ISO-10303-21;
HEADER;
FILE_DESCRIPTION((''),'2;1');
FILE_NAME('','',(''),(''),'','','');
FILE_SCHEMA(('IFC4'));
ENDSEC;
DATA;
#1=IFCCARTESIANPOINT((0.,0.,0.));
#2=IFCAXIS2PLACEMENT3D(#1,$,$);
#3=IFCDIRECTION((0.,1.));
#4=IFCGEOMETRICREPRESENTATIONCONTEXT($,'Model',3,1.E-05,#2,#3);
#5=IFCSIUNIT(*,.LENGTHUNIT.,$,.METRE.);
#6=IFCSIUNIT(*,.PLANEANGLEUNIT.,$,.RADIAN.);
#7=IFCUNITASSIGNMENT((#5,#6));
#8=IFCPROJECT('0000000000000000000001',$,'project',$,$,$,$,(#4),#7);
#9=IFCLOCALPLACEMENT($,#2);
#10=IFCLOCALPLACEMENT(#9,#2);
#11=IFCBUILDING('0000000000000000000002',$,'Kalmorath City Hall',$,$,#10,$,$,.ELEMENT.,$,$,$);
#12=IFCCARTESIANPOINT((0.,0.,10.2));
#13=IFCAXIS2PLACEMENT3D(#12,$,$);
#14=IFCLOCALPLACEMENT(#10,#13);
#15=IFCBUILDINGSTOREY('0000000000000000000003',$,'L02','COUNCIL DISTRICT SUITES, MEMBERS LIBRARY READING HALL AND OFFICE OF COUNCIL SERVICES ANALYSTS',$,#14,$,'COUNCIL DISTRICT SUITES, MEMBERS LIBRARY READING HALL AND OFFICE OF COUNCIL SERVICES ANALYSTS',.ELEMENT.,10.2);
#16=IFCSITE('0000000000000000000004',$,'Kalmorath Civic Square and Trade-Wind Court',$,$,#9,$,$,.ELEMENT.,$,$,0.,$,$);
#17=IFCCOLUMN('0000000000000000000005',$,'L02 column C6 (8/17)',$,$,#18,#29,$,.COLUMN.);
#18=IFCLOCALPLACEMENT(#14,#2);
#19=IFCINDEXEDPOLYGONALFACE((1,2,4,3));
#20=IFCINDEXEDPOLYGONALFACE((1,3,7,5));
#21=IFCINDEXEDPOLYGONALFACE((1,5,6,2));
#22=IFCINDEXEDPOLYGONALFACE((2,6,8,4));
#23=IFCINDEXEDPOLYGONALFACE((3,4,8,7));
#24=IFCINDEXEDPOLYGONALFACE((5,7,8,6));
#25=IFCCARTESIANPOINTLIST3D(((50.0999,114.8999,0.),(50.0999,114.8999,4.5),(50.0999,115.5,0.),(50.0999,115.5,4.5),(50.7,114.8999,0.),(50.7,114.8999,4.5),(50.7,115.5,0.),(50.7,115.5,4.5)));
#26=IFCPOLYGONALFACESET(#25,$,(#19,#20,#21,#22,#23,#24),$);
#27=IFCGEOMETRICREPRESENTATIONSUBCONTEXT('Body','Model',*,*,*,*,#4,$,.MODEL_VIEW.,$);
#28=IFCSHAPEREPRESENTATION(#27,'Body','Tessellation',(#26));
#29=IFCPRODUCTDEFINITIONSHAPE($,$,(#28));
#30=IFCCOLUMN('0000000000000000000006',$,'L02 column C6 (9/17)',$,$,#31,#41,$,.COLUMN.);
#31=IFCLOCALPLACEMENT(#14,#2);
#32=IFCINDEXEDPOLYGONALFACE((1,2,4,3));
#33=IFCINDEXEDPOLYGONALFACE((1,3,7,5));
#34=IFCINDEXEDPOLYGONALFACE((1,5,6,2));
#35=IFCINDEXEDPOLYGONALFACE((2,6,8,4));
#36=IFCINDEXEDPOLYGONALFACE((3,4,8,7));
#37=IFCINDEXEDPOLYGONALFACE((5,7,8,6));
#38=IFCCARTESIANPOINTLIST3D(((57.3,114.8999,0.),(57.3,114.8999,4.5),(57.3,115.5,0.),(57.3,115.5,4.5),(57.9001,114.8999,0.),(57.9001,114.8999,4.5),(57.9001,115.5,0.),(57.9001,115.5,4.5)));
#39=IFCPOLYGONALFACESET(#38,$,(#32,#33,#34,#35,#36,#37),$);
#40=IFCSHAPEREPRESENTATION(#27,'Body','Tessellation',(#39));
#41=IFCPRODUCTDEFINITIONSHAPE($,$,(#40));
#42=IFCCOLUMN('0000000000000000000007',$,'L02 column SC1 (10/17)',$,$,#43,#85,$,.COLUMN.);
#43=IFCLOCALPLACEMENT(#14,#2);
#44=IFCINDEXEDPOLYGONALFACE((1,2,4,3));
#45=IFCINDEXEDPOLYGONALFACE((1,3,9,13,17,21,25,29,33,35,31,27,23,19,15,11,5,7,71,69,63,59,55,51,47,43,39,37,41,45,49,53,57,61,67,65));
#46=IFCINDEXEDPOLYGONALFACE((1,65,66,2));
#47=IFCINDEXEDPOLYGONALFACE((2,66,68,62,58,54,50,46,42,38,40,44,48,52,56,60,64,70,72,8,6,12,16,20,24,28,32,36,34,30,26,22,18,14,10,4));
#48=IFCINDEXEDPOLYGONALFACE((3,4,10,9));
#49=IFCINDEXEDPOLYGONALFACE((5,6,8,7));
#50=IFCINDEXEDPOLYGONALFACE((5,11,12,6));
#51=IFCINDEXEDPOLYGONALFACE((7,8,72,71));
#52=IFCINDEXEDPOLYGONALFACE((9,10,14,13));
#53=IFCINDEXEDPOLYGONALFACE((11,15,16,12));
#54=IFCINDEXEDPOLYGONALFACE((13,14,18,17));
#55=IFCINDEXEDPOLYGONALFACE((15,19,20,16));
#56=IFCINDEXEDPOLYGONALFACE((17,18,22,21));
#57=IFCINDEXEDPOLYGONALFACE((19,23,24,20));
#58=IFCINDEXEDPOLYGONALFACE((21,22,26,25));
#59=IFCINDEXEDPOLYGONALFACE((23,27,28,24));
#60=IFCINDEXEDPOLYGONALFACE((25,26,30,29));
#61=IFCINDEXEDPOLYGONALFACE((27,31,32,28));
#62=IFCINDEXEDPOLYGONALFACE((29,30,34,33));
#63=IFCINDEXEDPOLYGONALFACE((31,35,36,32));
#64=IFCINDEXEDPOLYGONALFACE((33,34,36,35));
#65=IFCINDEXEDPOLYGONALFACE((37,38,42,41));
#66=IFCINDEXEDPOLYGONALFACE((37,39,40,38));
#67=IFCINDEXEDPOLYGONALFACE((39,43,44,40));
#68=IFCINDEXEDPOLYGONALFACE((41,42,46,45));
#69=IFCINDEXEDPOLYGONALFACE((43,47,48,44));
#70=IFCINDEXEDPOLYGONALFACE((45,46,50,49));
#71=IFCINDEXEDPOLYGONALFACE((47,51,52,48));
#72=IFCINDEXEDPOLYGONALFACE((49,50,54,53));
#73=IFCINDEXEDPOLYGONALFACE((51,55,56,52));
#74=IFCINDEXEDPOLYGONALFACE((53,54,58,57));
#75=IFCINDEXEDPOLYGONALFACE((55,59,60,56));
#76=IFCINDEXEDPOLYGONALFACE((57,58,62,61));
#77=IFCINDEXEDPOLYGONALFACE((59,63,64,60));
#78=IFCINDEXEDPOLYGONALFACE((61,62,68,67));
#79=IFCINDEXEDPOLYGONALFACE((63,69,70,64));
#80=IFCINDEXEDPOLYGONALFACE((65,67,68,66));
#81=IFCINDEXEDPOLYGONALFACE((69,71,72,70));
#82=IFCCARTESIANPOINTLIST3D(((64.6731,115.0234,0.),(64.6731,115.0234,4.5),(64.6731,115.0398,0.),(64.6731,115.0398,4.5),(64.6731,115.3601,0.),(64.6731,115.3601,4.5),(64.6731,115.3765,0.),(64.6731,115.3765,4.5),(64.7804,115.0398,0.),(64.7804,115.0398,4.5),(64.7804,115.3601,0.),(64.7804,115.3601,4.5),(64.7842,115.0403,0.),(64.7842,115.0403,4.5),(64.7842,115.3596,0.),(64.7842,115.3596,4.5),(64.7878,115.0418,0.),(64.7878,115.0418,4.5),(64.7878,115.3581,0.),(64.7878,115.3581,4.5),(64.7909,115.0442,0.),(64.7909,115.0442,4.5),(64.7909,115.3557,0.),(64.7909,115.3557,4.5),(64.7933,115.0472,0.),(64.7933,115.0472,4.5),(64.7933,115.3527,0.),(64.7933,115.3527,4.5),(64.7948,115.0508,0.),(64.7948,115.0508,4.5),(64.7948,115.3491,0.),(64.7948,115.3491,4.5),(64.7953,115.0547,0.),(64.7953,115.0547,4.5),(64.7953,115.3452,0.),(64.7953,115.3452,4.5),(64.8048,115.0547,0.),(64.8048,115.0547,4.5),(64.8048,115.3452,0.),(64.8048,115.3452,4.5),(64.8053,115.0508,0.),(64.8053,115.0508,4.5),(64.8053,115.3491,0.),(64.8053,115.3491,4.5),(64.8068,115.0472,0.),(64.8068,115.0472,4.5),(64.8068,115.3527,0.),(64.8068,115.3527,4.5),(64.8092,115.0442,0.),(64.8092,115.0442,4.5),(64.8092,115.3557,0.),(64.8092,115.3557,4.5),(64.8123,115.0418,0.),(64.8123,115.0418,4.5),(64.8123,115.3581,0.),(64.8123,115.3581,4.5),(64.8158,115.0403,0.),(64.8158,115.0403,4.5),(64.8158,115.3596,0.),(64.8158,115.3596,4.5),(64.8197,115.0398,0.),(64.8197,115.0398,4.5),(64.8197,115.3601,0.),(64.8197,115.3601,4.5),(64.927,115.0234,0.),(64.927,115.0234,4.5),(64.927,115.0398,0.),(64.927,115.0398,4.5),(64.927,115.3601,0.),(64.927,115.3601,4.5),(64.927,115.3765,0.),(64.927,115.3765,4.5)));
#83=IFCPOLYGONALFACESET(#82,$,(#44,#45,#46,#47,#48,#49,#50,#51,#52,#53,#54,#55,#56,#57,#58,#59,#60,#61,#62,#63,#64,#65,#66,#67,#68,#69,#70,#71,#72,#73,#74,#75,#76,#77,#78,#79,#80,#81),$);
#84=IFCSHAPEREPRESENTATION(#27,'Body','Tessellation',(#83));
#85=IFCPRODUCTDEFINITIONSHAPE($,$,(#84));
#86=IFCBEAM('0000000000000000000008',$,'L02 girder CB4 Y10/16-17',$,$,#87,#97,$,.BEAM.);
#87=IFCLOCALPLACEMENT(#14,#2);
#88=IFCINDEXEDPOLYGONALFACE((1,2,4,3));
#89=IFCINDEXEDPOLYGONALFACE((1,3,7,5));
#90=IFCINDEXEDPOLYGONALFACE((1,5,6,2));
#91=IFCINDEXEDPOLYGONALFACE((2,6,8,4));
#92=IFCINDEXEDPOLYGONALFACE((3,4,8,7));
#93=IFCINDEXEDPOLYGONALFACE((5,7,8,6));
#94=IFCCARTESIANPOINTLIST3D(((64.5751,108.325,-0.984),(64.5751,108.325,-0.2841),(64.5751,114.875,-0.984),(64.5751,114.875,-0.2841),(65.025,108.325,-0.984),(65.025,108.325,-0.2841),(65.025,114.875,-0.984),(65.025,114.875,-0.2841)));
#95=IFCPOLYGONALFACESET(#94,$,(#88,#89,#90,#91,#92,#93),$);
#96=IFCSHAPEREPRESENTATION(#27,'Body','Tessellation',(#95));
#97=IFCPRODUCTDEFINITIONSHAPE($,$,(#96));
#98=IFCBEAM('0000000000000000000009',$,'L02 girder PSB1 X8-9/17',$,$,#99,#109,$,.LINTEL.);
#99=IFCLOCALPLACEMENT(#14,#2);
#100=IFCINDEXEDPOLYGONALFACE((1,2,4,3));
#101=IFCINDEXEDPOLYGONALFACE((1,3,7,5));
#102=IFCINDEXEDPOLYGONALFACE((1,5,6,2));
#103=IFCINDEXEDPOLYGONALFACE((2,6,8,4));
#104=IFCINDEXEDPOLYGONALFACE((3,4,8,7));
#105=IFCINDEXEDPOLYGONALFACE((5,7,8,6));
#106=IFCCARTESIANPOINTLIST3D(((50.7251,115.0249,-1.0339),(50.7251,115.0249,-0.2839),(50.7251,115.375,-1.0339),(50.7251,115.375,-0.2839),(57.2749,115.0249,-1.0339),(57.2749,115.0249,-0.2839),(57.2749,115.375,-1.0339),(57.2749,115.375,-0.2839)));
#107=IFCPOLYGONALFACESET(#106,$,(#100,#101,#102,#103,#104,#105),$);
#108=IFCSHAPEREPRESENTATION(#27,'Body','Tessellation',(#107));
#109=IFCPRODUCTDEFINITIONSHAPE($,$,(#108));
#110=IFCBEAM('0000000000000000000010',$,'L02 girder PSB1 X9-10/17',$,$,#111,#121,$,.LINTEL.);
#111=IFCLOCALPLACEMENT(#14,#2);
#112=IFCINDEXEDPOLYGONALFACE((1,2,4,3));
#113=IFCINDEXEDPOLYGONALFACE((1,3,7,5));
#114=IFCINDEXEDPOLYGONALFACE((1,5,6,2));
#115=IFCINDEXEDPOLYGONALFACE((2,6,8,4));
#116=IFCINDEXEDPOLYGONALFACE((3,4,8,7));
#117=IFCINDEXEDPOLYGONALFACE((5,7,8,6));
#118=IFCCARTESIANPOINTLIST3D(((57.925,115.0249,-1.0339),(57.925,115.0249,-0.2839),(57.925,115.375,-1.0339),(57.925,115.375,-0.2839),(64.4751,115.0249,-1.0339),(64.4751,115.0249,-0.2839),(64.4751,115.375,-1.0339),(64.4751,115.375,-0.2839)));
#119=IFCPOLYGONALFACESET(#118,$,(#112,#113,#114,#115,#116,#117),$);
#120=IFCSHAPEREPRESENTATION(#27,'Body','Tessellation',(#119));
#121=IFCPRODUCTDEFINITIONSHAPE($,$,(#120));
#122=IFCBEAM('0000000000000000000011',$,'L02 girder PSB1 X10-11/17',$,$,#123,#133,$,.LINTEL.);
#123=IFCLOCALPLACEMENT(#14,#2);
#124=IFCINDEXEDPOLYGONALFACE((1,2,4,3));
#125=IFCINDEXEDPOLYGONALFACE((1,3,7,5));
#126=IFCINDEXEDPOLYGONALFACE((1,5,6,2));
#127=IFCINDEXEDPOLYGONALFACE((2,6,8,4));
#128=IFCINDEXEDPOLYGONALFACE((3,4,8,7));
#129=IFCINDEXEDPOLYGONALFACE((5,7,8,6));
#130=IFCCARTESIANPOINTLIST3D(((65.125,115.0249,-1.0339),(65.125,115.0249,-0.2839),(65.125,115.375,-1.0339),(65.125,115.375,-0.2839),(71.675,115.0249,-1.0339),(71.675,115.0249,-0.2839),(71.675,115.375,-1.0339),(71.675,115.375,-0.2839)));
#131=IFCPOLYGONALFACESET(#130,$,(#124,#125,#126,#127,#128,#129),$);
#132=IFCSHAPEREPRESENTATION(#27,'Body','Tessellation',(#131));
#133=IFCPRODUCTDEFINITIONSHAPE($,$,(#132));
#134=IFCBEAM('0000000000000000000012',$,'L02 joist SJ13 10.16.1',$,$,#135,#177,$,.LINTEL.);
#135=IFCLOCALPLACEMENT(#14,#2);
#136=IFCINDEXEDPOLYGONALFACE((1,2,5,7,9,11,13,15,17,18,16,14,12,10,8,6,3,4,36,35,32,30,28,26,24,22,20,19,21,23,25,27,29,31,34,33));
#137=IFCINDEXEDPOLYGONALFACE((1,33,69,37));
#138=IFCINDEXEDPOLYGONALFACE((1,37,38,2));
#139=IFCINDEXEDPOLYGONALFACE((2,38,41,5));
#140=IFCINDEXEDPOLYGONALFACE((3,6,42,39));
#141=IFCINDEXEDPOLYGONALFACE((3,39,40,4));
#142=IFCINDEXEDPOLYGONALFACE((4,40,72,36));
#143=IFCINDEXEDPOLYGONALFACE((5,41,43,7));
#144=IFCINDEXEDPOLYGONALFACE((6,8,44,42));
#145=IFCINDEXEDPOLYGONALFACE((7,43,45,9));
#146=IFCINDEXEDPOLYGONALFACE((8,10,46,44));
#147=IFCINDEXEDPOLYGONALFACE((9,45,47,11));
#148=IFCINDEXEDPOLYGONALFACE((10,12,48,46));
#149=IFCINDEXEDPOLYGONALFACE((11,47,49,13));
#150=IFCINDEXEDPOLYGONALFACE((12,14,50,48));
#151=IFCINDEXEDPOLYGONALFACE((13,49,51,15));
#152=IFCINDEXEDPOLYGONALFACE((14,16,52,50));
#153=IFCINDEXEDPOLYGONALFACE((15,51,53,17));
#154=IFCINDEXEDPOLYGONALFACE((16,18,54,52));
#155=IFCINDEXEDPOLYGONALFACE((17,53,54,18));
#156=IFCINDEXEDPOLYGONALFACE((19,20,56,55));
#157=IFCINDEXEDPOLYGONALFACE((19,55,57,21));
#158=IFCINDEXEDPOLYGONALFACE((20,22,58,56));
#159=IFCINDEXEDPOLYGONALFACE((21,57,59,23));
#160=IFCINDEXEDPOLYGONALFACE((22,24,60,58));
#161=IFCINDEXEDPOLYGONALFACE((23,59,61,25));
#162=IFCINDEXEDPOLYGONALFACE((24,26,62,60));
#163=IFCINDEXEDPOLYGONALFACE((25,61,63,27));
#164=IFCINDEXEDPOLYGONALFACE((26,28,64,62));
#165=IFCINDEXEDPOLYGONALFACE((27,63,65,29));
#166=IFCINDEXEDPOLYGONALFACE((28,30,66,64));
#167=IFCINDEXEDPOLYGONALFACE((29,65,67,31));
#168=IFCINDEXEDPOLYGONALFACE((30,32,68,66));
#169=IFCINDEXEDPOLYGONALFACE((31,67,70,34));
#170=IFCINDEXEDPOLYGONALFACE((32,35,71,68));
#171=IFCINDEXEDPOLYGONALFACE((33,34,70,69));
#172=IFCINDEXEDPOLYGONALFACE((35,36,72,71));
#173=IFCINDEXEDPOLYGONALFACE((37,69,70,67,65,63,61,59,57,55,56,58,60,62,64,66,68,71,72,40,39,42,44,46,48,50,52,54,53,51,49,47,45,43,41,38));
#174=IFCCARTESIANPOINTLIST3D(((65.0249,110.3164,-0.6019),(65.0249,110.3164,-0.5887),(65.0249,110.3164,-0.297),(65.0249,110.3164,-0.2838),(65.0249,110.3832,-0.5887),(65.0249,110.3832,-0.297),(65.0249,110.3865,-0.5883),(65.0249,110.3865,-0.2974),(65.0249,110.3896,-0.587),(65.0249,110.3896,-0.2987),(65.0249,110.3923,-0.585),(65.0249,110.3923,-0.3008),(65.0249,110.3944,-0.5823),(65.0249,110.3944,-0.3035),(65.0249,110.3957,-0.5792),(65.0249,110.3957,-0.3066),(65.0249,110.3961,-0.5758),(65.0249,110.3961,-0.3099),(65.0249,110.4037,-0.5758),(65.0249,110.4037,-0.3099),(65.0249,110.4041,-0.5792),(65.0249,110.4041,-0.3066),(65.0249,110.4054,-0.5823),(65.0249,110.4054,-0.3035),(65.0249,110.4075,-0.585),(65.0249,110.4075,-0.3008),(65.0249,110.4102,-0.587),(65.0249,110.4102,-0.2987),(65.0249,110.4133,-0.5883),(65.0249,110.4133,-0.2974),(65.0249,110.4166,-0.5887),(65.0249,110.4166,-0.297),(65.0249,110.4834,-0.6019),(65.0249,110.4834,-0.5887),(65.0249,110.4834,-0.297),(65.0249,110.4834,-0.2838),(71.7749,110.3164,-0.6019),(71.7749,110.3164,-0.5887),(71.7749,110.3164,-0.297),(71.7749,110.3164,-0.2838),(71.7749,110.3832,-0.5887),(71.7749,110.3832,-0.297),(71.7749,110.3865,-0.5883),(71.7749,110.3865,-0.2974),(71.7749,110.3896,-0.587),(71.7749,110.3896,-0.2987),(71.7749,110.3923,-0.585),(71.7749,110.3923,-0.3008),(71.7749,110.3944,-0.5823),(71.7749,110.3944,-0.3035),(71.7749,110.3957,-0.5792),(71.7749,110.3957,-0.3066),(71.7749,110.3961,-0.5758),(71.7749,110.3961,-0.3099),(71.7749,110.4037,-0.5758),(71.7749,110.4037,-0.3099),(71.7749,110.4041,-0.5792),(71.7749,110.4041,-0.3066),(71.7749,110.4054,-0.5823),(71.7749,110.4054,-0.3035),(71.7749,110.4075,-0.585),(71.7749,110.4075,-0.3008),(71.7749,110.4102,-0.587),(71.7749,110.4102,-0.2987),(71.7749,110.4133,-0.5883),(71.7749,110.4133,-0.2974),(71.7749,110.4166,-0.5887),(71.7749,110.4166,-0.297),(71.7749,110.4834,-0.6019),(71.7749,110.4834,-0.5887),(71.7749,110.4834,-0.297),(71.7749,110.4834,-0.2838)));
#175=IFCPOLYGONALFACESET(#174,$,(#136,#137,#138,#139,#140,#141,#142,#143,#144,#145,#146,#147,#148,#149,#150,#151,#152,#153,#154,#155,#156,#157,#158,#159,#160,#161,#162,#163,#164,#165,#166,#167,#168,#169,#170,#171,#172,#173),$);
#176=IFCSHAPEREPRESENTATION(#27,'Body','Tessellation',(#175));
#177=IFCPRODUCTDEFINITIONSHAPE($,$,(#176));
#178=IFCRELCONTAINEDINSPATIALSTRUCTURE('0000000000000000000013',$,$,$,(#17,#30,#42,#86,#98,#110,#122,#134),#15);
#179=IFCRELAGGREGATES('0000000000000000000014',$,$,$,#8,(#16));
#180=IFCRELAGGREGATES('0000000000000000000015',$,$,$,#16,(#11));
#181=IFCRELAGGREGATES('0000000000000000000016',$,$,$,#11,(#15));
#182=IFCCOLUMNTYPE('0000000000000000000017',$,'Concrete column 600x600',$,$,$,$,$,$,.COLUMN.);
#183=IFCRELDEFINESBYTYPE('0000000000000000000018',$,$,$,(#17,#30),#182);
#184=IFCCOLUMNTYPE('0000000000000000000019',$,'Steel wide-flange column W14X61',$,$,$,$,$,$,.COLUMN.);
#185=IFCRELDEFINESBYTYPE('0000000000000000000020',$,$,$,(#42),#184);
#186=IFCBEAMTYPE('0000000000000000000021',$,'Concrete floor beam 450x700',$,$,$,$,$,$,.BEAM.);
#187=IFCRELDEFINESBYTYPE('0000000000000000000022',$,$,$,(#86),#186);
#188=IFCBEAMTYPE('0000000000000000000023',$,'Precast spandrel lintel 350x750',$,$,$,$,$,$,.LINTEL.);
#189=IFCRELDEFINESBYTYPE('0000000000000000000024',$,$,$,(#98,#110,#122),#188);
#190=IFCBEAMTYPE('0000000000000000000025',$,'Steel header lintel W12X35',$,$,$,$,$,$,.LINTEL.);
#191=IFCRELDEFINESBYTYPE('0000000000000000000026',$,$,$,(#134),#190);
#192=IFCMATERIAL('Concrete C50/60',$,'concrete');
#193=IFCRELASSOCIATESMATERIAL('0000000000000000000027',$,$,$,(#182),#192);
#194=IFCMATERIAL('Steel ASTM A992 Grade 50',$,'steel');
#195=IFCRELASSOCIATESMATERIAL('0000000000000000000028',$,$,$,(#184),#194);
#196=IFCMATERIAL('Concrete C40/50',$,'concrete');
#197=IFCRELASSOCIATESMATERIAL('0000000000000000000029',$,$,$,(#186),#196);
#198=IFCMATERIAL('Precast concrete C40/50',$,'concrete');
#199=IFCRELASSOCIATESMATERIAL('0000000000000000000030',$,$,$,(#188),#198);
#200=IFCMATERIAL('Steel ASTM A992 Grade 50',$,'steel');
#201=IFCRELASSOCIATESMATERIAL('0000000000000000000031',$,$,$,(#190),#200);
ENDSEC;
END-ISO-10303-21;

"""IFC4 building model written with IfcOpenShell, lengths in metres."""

from ifc_helpers import new_model, si_unit, direction, frame, origin, origin_2d, place, context, subcontext, project, spatial, rectangle, i_section, extrude, material, material_profile, profile_set, type_object, element, save


model = new_model("IFC4")

# Units and contexts
model_context = context("Model", 3, precision=1e-05, world=origin(), true_north=direction((0.0, 1.0)))
body_context = subcontext(model_context, "Body", "Model", "MODEL_VIEW")
ifc_project = project(units=[si_unit("LENGTHUNIT", "METRE"), si_unit("PLANEANGLEUNIT", "RADIAN")], contexts=[model_context])

# Site, building, storey
site_placement = place(None, origin())
site = spatial("IfcSite", under=ifc_project, at=site_placement, Name="Kalmorath Civic Square and Trade-Wind Court", CompositionType="ELEMENT", RefElevation=0.0)
building_placement = place(site_placement, origin())
building = spatial("IfcBuilding", under=site, at=building_placement, Name="Kalmorath City Hall", CompositionType="ELEMENT")
storey_placement = place(building_placement, frame((0.0, 0.0, 10.2)))
storey = spatial("IfcBuildingStorey", under=building, at=storey_placement, Name="L02", Description="COUNCIL DISTRICT SUITES, MEMBERS LIBRARY READING HALL AND OFFICE OF COUNCIL SERVICES ANALYSTS", LongName="COUNCIL DISTRICT SUITES, MEMBERS LIBRARY READING HALL AND OFFICE OF COUNCIL SERVICES ANALYSTS", CompositionType="ELEMENT", Elevation=10.2)

# Columns
ifc_material_1 = material(Name="Concrete C50/60", Category="concrete")
ifc_material_profile_1 = material_profile(ifc_material_1, rectangle(XDim=0.6001, YDim=0.6001, at=origin_2d()), Name="RC-COL-600X600")
ifc_profile_set_1 = profile_set([ifc_material_profile_1], Name="Concrete C50/60")
column_type_1 = type_object("IfcColumnType", Name="Concrete column 600x600", PredefinedType="COLUMN", material=ifc_profile_set_1)
for number, where, z_axis, x_axis, name in (
    (1, (50.3999, 115.2, 0.0), (0.0, 0.0, 1.0), (1.0, 0.0, 0.0), "L02 column C6 (8/17)"),
    (2, (57.6001, 115.2, 0.0), (0.0, 0.0, 1.0), (1.0, 0.0, 0.0), "L02 column C6 (9/17)"),
):
    element("IfcColumn", number, at=place(storey_placement, frame(where, z_axis=z_axis, x_axis=x_axis)), inside=storey, type_object=column_type_1, Name=name, PredefinedType="COLUMN", context=body_context, shape_type="SweptSolid", body=[
        extrude(rectangle(XDim=0.6001, YDim=0.6001, at=origin_2d()), origin(), (0.0, 0.0, 1.0), 4.5),
    ])
ifc_material_2 = material(Name="Steel ASTM A992 Grade 50", Category="steel")
ifc_material_profile_2 = material_profile(ifc_material_2, i_section(OverallWidth=0.2539, OverallDepth=0.353, WebThickness=0.0095, FlangeThickness=0.0164, FilletRadius=0.0149, at=origin_2d()), Name="W14X61")
ifc_profile_set_2 = profile_set([ifc_material_profile_2], Name="Steel ASTM A992 Grade 50")
column_type_2 = type_object("IfcColumnType", Name="Steel wide-flange column W14X61", PredefinedType="COLUMN", material=ifc_profile_set_2)
column_placement = place(storey_placement, frame((64.8, 115.2, 0.0), z_axis=(0.0, 0.0, 1.0), x_axis=(1.0, 0.0, 0.0)))
element("IfcColumn", 3, at=column_placement, inside=storey, type_object=column_type_2, Name="L02 column SC1 (10/17)", PredefinedType="COLUMN", context=body_context, shape_type="SweptSolid", body=[
    extrude(i_section(OverallWidth=0.2539, OverallDepth=0.353, WebThickness=0.0095, FlangeThickness=0.0164, FilletRadius=0.0149, at=origin_2d()), origin(), (0.0, 0.0, 1.0), 4.5),
])

# Beams
ifc_material_3 = material(Name="Concrete C40/50", Category="concrete")
ifc_material_profile_3 = material_profile(ifc_material_3, rectangle(XDim=0.45, YDim=0.7, at=origin_2d()), Name="RC-BM-450X700")
ifc_profile_set_3 = profile_set([ifc_material_profile_3], Name="Concrete C40/50")
beam_type_1 = type_object("IfcBeamType", Name="Concrete floor beam 450x700", PredefinedType="BEAM", material=ifc_profile_set_3)
beam_1_placement = place(storey_placement, frame((64.8, 108.325, -0.634), z_axis=(0.0, 1.0, 0.0), x_axis=(-1.0, 0.0, 0.0)))
element("IfcBeam", 4, at=beam_1_placement, inside=storey, type_object=beam_type_1, Name="L02 girder CB4 Y10/16-17", PredefinedType="BEAM", context=body_context, shape_type="SweptSolid", body=[
    extrude(rectangle(XDim=0.45, YDim=0.7, at=origin_2d()), origin(), (0.0, 0.0, 1.0), 6.55),
])
ifc_material_4 = material(Name="Precast concrete C40/50", Category="concrete")
ifc_material_profile_4 = material_profile(ifc_material_4, rectangle(XDim=0.3501, YDim=0.75, at=origin_2d()), Name="PC-SP-350X750")
ifc_profile_set_4 = profile_set([ifc_material_profile_4], Name="Precast concrete C40/50")
beam_type_2 = type_object("IfcBeamType", Name="Precast spandrel lintel 350x750", PredefinedType="LINTEL", material=ifc_profile_set_4)
beam_2_placement = place(storey_placement, frame((50.7251, 115.2, -0.6589), z_axis=(1.0, 0.0, 0.0), x_axis=(0.0, 1.0, 0.0)))
element("IfcBeam", 5, at=beam_2_placement, inside=storey, type_object=beam_type_2, Name="L02 girder PSB1 X8-9/17", PredefinedType="LINTEL", context=body_context, shape_type="SweptSolid", body=[
    extrude(rectangle(XDim=0.3501, YDim=0.75, at=origin_2d()), origin(), (0.0, 0.0, 1.0), 6.5498),
])
for number, where, z_axis, x_axis, name in (
    (6, (57.925, 115.2, -0.6589), (1.0, 0.0, 0.0), (0.0, 1.0, 0.0), "L02 girder PSB1 X9-10/17"),
    (7, (65.125, 115.2, -0.6589), (1.0, 0.0, 0.0), (0.0, 1.0, 0.0), "L02 girder PSB1 X10-11/17"),
):
    element("IfcBeam", number, at=place(storey_placement, frame(where, z_axis=z_axis, x_axis=x_axis)), inside=storey, type_object=beam_type_2, Name=name, PredefinedType="LINTEL", context=body_context, shape_type="SweptSolid", body=[
        extrude(rectangle(XDim=0.3501, YDim=0.75, at=origin_2d()), origin(), (0.0, 0.0, 1.0), 6.55),
    ])
ifc_material_5 = material(Name="Steel ASTM A992 Grade 50", Category="steel")
ifc_material_profile_5 = material_profile(ifc_material_5, i_section(OverallWidth=0.167, OverallDepth=0.3181, WebThickness=0.0076, FlangeThickness=0.0132, FilletRadius=0.0129, at=origin_2d()), Name="W12X35")
ifc_profile_set_5 = profile_set([ifc_material_profile_5], Name="Steel ASTM A992 Grade 50")
beam_type_3 = type_object("IfcBeamType", Name="Steel header lintel W12X35", PredefinedType="LINTEL", material=ifc_profile_set_5)
for number, where, z_axis, x_axis, name in (
    (8, (65.0249, 110.3999, -0.4429), (1.0, 0.0, 0.0), (0.0, 1.0, 0.0), "L02 joist SJ13 10.16.1"),
):
    element("IfcBeam", number, at=place(storey_placement, frame(where, z_axis=z_axis, x_axis=x_axis)), inside=storey, type_object=beam_type_3, Name=name, PredefinedType="LINTEL", context=body_context, shape_type="SweptSolid", body=[
        extrude(i_section(OverallWidth=0.167, OverallDepth=0.3181, WebThickness=0.0076, FlangeThickness=0.0132, FilletRadius=0.0129, at=origin_2d()), origin(), (0.0, 0.0, 1.0), 6.75),
    ])

save(model, "model.ifc")
